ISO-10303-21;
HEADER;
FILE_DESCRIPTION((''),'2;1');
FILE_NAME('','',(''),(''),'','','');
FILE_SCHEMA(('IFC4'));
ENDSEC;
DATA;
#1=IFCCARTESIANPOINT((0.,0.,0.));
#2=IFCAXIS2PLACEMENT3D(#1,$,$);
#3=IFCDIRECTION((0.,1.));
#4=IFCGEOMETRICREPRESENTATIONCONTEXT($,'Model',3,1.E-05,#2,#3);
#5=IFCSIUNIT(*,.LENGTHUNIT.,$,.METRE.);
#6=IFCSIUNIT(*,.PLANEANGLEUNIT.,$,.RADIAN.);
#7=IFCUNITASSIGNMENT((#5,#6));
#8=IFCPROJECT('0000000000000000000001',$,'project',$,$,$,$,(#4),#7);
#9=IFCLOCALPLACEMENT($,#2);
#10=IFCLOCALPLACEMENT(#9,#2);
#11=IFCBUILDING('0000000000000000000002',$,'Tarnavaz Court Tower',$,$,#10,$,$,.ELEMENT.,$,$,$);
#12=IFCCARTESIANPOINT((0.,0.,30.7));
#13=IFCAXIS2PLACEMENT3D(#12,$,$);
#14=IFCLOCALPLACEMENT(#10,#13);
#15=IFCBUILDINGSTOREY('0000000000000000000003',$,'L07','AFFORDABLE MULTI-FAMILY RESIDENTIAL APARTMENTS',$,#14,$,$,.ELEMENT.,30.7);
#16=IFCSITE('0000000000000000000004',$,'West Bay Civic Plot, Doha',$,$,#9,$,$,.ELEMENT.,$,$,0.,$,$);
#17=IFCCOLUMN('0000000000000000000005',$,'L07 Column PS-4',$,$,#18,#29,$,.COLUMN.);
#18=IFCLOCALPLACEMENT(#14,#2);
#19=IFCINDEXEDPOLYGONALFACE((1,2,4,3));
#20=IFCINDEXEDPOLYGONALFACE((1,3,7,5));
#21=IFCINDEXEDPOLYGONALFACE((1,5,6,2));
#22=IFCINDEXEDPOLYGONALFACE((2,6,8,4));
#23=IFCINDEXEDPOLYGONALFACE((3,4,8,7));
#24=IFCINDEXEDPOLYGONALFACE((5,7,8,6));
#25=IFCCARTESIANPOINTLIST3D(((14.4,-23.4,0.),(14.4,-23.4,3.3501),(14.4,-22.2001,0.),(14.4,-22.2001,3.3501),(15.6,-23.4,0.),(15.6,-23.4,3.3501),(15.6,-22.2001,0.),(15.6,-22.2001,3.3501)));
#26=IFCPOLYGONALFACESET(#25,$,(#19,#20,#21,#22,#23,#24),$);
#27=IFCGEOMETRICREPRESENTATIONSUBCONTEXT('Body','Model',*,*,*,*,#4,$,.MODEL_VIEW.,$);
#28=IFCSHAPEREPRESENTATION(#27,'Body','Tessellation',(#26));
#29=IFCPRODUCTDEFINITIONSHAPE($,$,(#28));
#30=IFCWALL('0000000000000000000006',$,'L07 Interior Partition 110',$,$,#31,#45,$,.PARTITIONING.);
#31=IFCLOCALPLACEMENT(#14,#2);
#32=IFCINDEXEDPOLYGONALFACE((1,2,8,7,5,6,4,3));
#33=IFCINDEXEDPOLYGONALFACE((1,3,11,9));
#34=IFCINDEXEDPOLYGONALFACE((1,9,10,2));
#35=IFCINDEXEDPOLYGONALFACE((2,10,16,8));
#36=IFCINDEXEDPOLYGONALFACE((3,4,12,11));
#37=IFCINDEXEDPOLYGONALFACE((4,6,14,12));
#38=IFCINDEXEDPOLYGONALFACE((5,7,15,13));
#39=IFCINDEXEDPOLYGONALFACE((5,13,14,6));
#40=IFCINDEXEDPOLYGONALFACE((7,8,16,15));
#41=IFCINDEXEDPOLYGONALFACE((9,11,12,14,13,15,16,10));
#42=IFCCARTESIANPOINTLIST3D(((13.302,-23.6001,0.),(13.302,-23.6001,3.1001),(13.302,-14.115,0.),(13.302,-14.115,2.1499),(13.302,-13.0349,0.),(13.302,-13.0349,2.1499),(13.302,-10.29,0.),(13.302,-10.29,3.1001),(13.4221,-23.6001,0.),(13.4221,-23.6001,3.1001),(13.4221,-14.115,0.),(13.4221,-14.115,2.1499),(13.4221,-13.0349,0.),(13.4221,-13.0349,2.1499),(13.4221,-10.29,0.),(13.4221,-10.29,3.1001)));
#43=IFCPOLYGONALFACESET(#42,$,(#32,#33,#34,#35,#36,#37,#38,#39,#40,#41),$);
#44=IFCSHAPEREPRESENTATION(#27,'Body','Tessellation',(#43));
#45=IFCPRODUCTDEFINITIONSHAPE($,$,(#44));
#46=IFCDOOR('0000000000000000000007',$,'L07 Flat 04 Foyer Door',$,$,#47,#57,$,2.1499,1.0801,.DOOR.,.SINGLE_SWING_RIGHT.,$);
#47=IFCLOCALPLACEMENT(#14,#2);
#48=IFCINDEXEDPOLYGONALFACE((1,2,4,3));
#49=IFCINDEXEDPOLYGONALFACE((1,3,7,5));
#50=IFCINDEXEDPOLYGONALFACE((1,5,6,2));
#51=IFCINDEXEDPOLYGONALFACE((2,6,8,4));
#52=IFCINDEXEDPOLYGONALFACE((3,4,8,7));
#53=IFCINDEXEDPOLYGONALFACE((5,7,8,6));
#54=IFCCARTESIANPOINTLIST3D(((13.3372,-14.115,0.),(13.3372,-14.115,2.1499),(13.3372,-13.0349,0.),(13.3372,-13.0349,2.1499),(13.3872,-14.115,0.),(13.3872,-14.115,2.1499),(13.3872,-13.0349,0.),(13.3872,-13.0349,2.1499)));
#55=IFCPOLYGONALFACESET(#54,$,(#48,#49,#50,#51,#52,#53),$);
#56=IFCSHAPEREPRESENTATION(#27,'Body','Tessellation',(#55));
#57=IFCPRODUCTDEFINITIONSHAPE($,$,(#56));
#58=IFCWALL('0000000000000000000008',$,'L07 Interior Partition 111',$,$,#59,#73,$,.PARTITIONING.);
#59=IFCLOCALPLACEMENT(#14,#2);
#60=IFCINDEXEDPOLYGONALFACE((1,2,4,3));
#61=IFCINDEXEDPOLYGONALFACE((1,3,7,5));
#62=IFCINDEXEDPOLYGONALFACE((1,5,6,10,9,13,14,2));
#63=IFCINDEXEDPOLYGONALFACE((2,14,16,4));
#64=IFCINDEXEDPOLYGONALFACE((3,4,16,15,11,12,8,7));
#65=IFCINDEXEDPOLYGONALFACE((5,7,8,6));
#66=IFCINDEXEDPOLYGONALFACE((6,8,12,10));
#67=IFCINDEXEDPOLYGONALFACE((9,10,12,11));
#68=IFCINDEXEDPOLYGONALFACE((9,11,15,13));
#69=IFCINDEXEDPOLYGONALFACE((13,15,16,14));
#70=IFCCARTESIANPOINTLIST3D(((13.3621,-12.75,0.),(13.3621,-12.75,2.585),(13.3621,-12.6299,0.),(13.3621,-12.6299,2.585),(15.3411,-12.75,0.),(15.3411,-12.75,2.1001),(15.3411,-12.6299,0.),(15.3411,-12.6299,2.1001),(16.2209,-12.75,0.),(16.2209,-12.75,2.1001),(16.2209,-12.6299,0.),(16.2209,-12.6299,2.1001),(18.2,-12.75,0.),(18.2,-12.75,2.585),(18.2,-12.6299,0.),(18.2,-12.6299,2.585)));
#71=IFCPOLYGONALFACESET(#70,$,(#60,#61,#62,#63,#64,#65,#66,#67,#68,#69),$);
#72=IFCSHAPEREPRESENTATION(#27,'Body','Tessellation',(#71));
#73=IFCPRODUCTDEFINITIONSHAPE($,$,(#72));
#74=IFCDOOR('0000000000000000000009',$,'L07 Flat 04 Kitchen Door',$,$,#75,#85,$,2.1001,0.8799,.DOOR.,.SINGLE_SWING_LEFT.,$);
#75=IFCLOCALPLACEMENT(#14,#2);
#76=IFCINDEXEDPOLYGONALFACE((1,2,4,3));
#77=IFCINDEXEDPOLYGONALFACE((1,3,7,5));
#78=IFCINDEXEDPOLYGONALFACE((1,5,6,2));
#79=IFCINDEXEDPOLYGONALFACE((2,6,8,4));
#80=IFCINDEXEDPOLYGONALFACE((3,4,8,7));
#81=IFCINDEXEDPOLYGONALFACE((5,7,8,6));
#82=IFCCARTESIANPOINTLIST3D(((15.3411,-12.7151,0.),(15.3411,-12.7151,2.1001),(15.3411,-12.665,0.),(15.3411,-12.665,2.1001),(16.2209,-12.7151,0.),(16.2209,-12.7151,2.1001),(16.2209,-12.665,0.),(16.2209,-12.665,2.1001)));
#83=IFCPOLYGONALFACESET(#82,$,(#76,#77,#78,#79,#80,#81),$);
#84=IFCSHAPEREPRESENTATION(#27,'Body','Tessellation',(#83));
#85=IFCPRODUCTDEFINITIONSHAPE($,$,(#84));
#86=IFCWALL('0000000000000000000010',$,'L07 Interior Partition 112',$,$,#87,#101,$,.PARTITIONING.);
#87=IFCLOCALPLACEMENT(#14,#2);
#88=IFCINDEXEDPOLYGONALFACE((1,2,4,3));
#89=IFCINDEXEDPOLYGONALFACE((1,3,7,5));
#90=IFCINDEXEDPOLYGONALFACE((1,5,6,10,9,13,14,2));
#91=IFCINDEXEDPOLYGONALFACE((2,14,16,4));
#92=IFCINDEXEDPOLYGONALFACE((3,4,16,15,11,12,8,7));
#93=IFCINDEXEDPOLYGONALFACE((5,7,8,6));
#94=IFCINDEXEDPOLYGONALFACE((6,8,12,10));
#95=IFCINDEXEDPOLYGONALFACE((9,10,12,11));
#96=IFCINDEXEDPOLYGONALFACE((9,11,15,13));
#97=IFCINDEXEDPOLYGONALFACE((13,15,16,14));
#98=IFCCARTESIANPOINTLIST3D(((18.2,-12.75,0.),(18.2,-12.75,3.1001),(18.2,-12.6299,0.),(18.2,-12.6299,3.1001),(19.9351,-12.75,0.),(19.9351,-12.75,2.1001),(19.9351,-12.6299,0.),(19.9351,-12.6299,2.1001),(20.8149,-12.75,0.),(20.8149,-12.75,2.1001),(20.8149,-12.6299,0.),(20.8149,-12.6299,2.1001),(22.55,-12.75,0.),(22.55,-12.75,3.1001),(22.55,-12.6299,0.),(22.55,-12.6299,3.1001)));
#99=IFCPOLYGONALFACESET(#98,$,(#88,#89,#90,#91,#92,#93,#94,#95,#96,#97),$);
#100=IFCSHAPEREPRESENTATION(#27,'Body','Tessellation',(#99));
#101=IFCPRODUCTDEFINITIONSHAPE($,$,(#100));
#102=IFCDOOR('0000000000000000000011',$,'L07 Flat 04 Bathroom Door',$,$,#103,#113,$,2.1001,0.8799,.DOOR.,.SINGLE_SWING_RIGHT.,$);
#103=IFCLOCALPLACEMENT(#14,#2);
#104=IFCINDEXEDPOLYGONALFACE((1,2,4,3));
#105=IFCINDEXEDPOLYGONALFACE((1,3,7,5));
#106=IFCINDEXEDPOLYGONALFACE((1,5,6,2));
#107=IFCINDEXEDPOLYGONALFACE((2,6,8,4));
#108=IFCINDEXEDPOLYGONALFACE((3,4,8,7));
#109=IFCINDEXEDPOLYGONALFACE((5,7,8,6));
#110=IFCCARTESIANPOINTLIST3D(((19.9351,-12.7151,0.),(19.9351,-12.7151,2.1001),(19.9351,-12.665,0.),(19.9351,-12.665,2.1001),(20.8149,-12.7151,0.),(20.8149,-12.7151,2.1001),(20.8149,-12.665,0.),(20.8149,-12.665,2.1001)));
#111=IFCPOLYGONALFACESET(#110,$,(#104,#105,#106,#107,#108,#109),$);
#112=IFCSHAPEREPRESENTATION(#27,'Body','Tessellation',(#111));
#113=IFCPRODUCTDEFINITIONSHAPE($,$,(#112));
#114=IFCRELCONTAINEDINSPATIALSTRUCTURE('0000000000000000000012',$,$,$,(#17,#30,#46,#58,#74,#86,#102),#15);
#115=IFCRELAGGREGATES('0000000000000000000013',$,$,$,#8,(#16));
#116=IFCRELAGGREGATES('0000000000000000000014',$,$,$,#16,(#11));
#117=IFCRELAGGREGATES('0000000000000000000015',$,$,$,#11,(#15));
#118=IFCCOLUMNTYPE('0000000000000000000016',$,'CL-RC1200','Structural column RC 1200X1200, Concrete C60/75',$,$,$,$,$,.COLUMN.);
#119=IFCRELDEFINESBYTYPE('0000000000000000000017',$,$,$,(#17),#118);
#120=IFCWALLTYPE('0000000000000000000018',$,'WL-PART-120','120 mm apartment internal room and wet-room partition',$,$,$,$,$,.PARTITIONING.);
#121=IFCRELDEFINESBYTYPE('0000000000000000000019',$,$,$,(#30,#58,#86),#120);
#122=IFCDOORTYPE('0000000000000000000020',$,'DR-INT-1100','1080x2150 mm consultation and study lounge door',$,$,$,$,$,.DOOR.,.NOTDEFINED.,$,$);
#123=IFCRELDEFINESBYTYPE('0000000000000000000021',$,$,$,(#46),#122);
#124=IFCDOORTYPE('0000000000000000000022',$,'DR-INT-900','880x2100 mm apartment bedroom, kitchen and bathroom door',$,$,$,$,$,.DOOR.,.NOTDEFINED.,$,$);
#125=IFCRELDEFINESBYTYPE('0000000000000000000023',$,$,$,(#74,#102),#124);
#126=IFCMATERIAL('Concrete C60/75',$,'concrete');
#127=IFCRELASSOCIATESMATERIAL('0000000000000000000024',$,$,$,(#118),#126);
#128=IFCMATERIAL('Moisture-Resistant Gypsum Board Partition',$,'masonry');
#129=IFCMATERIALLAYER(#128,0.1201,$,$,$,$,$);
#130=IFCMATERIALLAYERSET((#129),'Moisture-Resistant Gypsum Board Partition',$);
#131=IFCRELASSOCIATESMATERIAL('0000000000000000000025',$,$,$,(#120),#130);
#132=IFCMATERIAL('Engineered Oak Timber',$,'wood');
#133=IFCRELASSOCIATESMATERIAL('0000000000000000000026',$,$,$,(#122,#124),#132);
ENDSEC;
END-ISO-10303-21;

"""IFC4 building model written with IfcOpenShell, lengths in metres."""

from ifc_helpers import new_model, si_unit, direction, frame, frame_2d, origin, origin_2d, place, context, subcontext, project, spatial, rectangle, extrude, material, layer, layer_set, material_profile, profile_set, type_object, element, fill, save


model = new_model("IFC4")

# Units and contexts
model_context = context("Model", 3, precision=1e-05, world=origin(), true_north=direction((0.0, 1.0)))
body_context = subcontext(model_context, "Body", "Model", "MODEL_VIEW")
ifc_project = project(units=[si_unit("LENGTHUNIT", "METRE"), si_unit("PLANEANGLEUNIT", "RADIAN")], contexts=[model_context])

# Site, building, storey
site_placement = place(None, origin())
site = spatial("IfcSite", under=ifc_project, at=site_placement, Name="West Bay Civic Plot, Doha", CompositionType="ELEMENT", RefElevation=0.0)
building_placement = place(site_placement, origin())
building = spatial("IfcBuilding", under=site, at=building_placement, Name="Tarnavaz Court Tower", CompositionType="ELEMENT")
storey_placement = place(building_placement, frame((0.0, 0.0, 30.7)))
storey = spatial("IfcBuildingStorey", under=building, at=storey_placement, Name="L07", Description="AFFORDABLE MULTI-FAMILY RESIDENTIAL APARTMENTS", CompositionType="ELEMENT", Elevation=30.7)

# Column
ifc_material_1 = material(Name="Concrete C60/75", Category="concrete")
ifc_material_profile_1 = material_profile(ifc_material_1, rectangle(XDim=1.2, YDim=1.2, at=origin_2d()), Name="RC 1200X1200")
ifc_profile_set_1 = profile_set([ifc_material_profile_1], Name="Concrete C60/75")
column_type = type_object("IfcColumnType", Name="CL-RC1200", Description="Structural column RC 1200X1200, Concrete C60/75", PredefinedType="COLUMN", material=ifc_profile_set_1)
column_placement = place(storey_placement, frame((15.0, -22.8, 0.0), z_axis=(0.0, 0.0, 1.0), x_axis=(1.0, 0.0, 0.0)))
element("IfcColumn", 1, at=column_placement, inside=storey, type_object=column_type, Name="L07 Column PS-4", PredefinedType="COLUMN", context=body_context, shape_type="SweptSolid", body=[
    extrude(rectangle(XDim=1.2, YDim=1.2, at=origin_2d()), origin(), (0.0, 0.0, 1.0), 3.3501),
])

# Walls, openings, doors
ifc_material_2 = material(Name="Moisture-Resistant Gypsum Board Partition", Category="masonry")
ifc_layer_1 = layer(ifc_material_2, 0.1201)
ifc_layer_set_1 = layer_set([ifc_layer_1], Name="Moisture-Resistant Gypsum Board Partition")
wall_type_1 = type_object("IfcWallType", Name="WL-PART-120", Description="120 mm apartment internal room and wet-room partition", PredefinedType="PARTITIONING", material=ifc_layer_set_1)
wall_1_placement = place(storey_placement, frame((13.3621, -23.6001, 0.0), z_axis=(0.0, 0.0, 1.0), x_axis=(0.0, 1.0, 0.0)))
wall_1 = element("IfcWall", 2, at=wall_1_placement, inside=storey, type_object=wall_type_1, Name="L07 Interior Partition 110", PredefinedType="PARTITIONING", context=body_context, shape_type="SweptSolid", body=[
    extrude(rectangle(XDim=13.3101, YDim=0.1201, at=frame_2d((6.655, 0.0))), origin(), (0.0, 0.0, 1.0), 3.1001),
])
opening_1_placement = place(wall_1_placement, frame((9.4851, 0.0, 0.0)))
opening_1 = element("IfcOpeningElement", 3, at=opening_1_placement, cuts=wall_1, PredefinedType="OPENING", context=body_context, shape_type="SweptSolid", body=[
    extrude(rectangle(XDim=1.0801, YDim=2.1499, at=frame_2d((0.54, 1.075))), frame((0.0, 0.0701, 0.0), z_axis=(0.0, -1.0, 0.0), x_axis=(1.0, 0.0, 0.0)), (0.0, 0.0, 1.0), 0.1401),
])
ifc_material_3 = material(Name="Engineered Oak Timber", Category="wood")
door_type_1 = type_object("IfcDoorType", Name="DR-INT-1100", Description="1080x2150 mm consultation and study lounge door", OperationType="NOTDEFINED", PredefinedType="DOOR", material=ifc_material_3)
door_1_placement = place(opening_1_placement, origin())
door_1 = element("IfcDoor", 4, at=door_1_placement, inside=storey, type_object=door_type_1, Name="L07 Flat 04 Foyer Door", OperationType="SINGLE_SWING_RIGHT", OverallHeight=2.1499, OverallWidth=1.0801, PredefinedType="DOOR", context=body_context, shape_type="SweptSolid", body=[
    extrude(rectangle(XDim=1.0801, YDim=2.1499, at=frame_2d((0.54, 1.075))), frame((0.0, 0.0249, 0.0), z_axis=(0.0, -1.0, 0.0), x_axis=(1.0, 0.0, 0.0)), (0.0, 0.0, 1.0), 0.05),
])
fill(opening_1, door_1)
wall_2_placement = place(storey_placement, frame((13.3621, -12.6899, 0.0), z_axis=(0.0, 0.0, 1.0), x_axis=(1.0, 0.0, 0.0)))
wall_2 = element("IfcWall", 5, at=wall_2_placement, inside=storey, type_object=wall_type_1, Name="L07 Interior Partition 111", PredefinedType="PARTITIONING", context=body_context, shape_type="SweptSolid", body=[
    extrude(rectangle(XDim=4.8379, YDim=0.1201, at=frame_2d((2.4189, 0.0))), origin(), (0.0, 0.0, 1.0), 2.585),
])
opening_2_placement = place(wall_2_placement, frame((1.979, 0.0, 0.0)))
opening_2 = element("IfcOpeningElement", 6, at=opening_2_placement, cuts=wall_2, PredefinedType="OPENING", context=body_context, shape_type="SweptSolid", body=[
    extrude(rectangle(XDim=0.8799, YDim=2.1001, at=frame_2d((0.4399, 1.05))), frame((0.0, 0.0701, 0.0), z_axis=(0.0, -1.0, 0.0), x_axis=(1.0, 0.0, 0.0)), (0.0, 0.0, 1.0), 0.1401),
])
door_type_2 = type_object("IfcDoorType", Name="DR-INT-900", Description="880x2100 mm apartment bedroom, kitchen and bathroom door", OperationType="NOTDEFINED", PredefinedType="DOOR", material=ifc_material_3)
door_2_placement = place(opening_2_placement, origin())
door_2 = element("IfcDoor", 7, at=door_2_placement, inside=storey, type_object=door_type_2, Name="L07 Flat 04 Kitchen Door", OperationType="SINGLE_SWING_LEFT", OverallHeight=2.1001, OverallWidth=0.8799, PredefinedType="DOOR", context=body_context, shape_type="SweptSolid", body=[
    extrude(rectangle(XDim=0.8799, YDim=2.1001, at=frame_2d((0.4399, 1.05))), frame((0.0, 0.0249, 0.0), z_axis=(0.0, -1.0, 0.0), x_axis=(1.0, 0.0, 0.0)), (0.0, 0.0, 1.0), 0.05),
])
fill(opening_2, door_2)
wall_3_placement = place(storey_placement, frame((18.2, -12.6899, 0.0), z_axis=(0.0, 0.0, 1.0), x_axis=(1.0, 0.0, 0.0)))
wall_3 = element("IfcWall", 8, at=wall_3_placement, inside=storey, type_object=wall_type_1, Name="L07 Interior Partition 112", PredefinedType="PARTITIONING", context=body_context, shape_type="SweptSolid", body=[
    extrude(rectangle(XDim=4.3501, YDim=0.1201, at=frame_2d((2.175, 0.0))), origin(), (0.0, 0.0, 1.0), 3.1001),
])
opening_3_placement = place(wall_3_placement, frame((1.7351, 0.0, 0.0)))
opening_3 = element("IfcOpeningElement", 9, at=opening_3_placement, cuts=wall_3, PredefinedType="OPENING", context=body_context, shape_type="SweptSolid", body=[
    extrude(rectangle(XDim=0.8799, YDim=2.1001, at=frame_2d((0.4399, 1.05))), frame((0.0, 0.0701, 0.0), z_axis=(0.0, -1.0, 0.0), x_axis=(1.0, 0.0, 0.0)), (0.0, 0.0, 1.0), 0.1401),
])
door_3_placement = place(opening_3_placement, origin())
door_3 = element("IfcDoor", 10, at=door_3_placement, inside=storey, type_object=door_type_2, Name="L07 Flat 04 Bathroom Door", OperationType="SINGLE_SWING_RIGHT", OverallHeight=2.1001, OverallWidth=0.8799, PredefinedType="DOOR", context=body_context, shape_type="SweptSolid", body=[
    extrude(rectangle(XDim=0.8799, YDim=2.1001, at=frame_2d((0.4399, 1.05))), frame((0.0, 0.0249, 0.0), z_axis=(0.0, -1.0, 0.0), x_axis=(1.0, 0.0, 0.0)), (0.0, 0.0, 1.0), 0.05),
])
fill(opening_3, door_3)

save(model, "model.ifc")
